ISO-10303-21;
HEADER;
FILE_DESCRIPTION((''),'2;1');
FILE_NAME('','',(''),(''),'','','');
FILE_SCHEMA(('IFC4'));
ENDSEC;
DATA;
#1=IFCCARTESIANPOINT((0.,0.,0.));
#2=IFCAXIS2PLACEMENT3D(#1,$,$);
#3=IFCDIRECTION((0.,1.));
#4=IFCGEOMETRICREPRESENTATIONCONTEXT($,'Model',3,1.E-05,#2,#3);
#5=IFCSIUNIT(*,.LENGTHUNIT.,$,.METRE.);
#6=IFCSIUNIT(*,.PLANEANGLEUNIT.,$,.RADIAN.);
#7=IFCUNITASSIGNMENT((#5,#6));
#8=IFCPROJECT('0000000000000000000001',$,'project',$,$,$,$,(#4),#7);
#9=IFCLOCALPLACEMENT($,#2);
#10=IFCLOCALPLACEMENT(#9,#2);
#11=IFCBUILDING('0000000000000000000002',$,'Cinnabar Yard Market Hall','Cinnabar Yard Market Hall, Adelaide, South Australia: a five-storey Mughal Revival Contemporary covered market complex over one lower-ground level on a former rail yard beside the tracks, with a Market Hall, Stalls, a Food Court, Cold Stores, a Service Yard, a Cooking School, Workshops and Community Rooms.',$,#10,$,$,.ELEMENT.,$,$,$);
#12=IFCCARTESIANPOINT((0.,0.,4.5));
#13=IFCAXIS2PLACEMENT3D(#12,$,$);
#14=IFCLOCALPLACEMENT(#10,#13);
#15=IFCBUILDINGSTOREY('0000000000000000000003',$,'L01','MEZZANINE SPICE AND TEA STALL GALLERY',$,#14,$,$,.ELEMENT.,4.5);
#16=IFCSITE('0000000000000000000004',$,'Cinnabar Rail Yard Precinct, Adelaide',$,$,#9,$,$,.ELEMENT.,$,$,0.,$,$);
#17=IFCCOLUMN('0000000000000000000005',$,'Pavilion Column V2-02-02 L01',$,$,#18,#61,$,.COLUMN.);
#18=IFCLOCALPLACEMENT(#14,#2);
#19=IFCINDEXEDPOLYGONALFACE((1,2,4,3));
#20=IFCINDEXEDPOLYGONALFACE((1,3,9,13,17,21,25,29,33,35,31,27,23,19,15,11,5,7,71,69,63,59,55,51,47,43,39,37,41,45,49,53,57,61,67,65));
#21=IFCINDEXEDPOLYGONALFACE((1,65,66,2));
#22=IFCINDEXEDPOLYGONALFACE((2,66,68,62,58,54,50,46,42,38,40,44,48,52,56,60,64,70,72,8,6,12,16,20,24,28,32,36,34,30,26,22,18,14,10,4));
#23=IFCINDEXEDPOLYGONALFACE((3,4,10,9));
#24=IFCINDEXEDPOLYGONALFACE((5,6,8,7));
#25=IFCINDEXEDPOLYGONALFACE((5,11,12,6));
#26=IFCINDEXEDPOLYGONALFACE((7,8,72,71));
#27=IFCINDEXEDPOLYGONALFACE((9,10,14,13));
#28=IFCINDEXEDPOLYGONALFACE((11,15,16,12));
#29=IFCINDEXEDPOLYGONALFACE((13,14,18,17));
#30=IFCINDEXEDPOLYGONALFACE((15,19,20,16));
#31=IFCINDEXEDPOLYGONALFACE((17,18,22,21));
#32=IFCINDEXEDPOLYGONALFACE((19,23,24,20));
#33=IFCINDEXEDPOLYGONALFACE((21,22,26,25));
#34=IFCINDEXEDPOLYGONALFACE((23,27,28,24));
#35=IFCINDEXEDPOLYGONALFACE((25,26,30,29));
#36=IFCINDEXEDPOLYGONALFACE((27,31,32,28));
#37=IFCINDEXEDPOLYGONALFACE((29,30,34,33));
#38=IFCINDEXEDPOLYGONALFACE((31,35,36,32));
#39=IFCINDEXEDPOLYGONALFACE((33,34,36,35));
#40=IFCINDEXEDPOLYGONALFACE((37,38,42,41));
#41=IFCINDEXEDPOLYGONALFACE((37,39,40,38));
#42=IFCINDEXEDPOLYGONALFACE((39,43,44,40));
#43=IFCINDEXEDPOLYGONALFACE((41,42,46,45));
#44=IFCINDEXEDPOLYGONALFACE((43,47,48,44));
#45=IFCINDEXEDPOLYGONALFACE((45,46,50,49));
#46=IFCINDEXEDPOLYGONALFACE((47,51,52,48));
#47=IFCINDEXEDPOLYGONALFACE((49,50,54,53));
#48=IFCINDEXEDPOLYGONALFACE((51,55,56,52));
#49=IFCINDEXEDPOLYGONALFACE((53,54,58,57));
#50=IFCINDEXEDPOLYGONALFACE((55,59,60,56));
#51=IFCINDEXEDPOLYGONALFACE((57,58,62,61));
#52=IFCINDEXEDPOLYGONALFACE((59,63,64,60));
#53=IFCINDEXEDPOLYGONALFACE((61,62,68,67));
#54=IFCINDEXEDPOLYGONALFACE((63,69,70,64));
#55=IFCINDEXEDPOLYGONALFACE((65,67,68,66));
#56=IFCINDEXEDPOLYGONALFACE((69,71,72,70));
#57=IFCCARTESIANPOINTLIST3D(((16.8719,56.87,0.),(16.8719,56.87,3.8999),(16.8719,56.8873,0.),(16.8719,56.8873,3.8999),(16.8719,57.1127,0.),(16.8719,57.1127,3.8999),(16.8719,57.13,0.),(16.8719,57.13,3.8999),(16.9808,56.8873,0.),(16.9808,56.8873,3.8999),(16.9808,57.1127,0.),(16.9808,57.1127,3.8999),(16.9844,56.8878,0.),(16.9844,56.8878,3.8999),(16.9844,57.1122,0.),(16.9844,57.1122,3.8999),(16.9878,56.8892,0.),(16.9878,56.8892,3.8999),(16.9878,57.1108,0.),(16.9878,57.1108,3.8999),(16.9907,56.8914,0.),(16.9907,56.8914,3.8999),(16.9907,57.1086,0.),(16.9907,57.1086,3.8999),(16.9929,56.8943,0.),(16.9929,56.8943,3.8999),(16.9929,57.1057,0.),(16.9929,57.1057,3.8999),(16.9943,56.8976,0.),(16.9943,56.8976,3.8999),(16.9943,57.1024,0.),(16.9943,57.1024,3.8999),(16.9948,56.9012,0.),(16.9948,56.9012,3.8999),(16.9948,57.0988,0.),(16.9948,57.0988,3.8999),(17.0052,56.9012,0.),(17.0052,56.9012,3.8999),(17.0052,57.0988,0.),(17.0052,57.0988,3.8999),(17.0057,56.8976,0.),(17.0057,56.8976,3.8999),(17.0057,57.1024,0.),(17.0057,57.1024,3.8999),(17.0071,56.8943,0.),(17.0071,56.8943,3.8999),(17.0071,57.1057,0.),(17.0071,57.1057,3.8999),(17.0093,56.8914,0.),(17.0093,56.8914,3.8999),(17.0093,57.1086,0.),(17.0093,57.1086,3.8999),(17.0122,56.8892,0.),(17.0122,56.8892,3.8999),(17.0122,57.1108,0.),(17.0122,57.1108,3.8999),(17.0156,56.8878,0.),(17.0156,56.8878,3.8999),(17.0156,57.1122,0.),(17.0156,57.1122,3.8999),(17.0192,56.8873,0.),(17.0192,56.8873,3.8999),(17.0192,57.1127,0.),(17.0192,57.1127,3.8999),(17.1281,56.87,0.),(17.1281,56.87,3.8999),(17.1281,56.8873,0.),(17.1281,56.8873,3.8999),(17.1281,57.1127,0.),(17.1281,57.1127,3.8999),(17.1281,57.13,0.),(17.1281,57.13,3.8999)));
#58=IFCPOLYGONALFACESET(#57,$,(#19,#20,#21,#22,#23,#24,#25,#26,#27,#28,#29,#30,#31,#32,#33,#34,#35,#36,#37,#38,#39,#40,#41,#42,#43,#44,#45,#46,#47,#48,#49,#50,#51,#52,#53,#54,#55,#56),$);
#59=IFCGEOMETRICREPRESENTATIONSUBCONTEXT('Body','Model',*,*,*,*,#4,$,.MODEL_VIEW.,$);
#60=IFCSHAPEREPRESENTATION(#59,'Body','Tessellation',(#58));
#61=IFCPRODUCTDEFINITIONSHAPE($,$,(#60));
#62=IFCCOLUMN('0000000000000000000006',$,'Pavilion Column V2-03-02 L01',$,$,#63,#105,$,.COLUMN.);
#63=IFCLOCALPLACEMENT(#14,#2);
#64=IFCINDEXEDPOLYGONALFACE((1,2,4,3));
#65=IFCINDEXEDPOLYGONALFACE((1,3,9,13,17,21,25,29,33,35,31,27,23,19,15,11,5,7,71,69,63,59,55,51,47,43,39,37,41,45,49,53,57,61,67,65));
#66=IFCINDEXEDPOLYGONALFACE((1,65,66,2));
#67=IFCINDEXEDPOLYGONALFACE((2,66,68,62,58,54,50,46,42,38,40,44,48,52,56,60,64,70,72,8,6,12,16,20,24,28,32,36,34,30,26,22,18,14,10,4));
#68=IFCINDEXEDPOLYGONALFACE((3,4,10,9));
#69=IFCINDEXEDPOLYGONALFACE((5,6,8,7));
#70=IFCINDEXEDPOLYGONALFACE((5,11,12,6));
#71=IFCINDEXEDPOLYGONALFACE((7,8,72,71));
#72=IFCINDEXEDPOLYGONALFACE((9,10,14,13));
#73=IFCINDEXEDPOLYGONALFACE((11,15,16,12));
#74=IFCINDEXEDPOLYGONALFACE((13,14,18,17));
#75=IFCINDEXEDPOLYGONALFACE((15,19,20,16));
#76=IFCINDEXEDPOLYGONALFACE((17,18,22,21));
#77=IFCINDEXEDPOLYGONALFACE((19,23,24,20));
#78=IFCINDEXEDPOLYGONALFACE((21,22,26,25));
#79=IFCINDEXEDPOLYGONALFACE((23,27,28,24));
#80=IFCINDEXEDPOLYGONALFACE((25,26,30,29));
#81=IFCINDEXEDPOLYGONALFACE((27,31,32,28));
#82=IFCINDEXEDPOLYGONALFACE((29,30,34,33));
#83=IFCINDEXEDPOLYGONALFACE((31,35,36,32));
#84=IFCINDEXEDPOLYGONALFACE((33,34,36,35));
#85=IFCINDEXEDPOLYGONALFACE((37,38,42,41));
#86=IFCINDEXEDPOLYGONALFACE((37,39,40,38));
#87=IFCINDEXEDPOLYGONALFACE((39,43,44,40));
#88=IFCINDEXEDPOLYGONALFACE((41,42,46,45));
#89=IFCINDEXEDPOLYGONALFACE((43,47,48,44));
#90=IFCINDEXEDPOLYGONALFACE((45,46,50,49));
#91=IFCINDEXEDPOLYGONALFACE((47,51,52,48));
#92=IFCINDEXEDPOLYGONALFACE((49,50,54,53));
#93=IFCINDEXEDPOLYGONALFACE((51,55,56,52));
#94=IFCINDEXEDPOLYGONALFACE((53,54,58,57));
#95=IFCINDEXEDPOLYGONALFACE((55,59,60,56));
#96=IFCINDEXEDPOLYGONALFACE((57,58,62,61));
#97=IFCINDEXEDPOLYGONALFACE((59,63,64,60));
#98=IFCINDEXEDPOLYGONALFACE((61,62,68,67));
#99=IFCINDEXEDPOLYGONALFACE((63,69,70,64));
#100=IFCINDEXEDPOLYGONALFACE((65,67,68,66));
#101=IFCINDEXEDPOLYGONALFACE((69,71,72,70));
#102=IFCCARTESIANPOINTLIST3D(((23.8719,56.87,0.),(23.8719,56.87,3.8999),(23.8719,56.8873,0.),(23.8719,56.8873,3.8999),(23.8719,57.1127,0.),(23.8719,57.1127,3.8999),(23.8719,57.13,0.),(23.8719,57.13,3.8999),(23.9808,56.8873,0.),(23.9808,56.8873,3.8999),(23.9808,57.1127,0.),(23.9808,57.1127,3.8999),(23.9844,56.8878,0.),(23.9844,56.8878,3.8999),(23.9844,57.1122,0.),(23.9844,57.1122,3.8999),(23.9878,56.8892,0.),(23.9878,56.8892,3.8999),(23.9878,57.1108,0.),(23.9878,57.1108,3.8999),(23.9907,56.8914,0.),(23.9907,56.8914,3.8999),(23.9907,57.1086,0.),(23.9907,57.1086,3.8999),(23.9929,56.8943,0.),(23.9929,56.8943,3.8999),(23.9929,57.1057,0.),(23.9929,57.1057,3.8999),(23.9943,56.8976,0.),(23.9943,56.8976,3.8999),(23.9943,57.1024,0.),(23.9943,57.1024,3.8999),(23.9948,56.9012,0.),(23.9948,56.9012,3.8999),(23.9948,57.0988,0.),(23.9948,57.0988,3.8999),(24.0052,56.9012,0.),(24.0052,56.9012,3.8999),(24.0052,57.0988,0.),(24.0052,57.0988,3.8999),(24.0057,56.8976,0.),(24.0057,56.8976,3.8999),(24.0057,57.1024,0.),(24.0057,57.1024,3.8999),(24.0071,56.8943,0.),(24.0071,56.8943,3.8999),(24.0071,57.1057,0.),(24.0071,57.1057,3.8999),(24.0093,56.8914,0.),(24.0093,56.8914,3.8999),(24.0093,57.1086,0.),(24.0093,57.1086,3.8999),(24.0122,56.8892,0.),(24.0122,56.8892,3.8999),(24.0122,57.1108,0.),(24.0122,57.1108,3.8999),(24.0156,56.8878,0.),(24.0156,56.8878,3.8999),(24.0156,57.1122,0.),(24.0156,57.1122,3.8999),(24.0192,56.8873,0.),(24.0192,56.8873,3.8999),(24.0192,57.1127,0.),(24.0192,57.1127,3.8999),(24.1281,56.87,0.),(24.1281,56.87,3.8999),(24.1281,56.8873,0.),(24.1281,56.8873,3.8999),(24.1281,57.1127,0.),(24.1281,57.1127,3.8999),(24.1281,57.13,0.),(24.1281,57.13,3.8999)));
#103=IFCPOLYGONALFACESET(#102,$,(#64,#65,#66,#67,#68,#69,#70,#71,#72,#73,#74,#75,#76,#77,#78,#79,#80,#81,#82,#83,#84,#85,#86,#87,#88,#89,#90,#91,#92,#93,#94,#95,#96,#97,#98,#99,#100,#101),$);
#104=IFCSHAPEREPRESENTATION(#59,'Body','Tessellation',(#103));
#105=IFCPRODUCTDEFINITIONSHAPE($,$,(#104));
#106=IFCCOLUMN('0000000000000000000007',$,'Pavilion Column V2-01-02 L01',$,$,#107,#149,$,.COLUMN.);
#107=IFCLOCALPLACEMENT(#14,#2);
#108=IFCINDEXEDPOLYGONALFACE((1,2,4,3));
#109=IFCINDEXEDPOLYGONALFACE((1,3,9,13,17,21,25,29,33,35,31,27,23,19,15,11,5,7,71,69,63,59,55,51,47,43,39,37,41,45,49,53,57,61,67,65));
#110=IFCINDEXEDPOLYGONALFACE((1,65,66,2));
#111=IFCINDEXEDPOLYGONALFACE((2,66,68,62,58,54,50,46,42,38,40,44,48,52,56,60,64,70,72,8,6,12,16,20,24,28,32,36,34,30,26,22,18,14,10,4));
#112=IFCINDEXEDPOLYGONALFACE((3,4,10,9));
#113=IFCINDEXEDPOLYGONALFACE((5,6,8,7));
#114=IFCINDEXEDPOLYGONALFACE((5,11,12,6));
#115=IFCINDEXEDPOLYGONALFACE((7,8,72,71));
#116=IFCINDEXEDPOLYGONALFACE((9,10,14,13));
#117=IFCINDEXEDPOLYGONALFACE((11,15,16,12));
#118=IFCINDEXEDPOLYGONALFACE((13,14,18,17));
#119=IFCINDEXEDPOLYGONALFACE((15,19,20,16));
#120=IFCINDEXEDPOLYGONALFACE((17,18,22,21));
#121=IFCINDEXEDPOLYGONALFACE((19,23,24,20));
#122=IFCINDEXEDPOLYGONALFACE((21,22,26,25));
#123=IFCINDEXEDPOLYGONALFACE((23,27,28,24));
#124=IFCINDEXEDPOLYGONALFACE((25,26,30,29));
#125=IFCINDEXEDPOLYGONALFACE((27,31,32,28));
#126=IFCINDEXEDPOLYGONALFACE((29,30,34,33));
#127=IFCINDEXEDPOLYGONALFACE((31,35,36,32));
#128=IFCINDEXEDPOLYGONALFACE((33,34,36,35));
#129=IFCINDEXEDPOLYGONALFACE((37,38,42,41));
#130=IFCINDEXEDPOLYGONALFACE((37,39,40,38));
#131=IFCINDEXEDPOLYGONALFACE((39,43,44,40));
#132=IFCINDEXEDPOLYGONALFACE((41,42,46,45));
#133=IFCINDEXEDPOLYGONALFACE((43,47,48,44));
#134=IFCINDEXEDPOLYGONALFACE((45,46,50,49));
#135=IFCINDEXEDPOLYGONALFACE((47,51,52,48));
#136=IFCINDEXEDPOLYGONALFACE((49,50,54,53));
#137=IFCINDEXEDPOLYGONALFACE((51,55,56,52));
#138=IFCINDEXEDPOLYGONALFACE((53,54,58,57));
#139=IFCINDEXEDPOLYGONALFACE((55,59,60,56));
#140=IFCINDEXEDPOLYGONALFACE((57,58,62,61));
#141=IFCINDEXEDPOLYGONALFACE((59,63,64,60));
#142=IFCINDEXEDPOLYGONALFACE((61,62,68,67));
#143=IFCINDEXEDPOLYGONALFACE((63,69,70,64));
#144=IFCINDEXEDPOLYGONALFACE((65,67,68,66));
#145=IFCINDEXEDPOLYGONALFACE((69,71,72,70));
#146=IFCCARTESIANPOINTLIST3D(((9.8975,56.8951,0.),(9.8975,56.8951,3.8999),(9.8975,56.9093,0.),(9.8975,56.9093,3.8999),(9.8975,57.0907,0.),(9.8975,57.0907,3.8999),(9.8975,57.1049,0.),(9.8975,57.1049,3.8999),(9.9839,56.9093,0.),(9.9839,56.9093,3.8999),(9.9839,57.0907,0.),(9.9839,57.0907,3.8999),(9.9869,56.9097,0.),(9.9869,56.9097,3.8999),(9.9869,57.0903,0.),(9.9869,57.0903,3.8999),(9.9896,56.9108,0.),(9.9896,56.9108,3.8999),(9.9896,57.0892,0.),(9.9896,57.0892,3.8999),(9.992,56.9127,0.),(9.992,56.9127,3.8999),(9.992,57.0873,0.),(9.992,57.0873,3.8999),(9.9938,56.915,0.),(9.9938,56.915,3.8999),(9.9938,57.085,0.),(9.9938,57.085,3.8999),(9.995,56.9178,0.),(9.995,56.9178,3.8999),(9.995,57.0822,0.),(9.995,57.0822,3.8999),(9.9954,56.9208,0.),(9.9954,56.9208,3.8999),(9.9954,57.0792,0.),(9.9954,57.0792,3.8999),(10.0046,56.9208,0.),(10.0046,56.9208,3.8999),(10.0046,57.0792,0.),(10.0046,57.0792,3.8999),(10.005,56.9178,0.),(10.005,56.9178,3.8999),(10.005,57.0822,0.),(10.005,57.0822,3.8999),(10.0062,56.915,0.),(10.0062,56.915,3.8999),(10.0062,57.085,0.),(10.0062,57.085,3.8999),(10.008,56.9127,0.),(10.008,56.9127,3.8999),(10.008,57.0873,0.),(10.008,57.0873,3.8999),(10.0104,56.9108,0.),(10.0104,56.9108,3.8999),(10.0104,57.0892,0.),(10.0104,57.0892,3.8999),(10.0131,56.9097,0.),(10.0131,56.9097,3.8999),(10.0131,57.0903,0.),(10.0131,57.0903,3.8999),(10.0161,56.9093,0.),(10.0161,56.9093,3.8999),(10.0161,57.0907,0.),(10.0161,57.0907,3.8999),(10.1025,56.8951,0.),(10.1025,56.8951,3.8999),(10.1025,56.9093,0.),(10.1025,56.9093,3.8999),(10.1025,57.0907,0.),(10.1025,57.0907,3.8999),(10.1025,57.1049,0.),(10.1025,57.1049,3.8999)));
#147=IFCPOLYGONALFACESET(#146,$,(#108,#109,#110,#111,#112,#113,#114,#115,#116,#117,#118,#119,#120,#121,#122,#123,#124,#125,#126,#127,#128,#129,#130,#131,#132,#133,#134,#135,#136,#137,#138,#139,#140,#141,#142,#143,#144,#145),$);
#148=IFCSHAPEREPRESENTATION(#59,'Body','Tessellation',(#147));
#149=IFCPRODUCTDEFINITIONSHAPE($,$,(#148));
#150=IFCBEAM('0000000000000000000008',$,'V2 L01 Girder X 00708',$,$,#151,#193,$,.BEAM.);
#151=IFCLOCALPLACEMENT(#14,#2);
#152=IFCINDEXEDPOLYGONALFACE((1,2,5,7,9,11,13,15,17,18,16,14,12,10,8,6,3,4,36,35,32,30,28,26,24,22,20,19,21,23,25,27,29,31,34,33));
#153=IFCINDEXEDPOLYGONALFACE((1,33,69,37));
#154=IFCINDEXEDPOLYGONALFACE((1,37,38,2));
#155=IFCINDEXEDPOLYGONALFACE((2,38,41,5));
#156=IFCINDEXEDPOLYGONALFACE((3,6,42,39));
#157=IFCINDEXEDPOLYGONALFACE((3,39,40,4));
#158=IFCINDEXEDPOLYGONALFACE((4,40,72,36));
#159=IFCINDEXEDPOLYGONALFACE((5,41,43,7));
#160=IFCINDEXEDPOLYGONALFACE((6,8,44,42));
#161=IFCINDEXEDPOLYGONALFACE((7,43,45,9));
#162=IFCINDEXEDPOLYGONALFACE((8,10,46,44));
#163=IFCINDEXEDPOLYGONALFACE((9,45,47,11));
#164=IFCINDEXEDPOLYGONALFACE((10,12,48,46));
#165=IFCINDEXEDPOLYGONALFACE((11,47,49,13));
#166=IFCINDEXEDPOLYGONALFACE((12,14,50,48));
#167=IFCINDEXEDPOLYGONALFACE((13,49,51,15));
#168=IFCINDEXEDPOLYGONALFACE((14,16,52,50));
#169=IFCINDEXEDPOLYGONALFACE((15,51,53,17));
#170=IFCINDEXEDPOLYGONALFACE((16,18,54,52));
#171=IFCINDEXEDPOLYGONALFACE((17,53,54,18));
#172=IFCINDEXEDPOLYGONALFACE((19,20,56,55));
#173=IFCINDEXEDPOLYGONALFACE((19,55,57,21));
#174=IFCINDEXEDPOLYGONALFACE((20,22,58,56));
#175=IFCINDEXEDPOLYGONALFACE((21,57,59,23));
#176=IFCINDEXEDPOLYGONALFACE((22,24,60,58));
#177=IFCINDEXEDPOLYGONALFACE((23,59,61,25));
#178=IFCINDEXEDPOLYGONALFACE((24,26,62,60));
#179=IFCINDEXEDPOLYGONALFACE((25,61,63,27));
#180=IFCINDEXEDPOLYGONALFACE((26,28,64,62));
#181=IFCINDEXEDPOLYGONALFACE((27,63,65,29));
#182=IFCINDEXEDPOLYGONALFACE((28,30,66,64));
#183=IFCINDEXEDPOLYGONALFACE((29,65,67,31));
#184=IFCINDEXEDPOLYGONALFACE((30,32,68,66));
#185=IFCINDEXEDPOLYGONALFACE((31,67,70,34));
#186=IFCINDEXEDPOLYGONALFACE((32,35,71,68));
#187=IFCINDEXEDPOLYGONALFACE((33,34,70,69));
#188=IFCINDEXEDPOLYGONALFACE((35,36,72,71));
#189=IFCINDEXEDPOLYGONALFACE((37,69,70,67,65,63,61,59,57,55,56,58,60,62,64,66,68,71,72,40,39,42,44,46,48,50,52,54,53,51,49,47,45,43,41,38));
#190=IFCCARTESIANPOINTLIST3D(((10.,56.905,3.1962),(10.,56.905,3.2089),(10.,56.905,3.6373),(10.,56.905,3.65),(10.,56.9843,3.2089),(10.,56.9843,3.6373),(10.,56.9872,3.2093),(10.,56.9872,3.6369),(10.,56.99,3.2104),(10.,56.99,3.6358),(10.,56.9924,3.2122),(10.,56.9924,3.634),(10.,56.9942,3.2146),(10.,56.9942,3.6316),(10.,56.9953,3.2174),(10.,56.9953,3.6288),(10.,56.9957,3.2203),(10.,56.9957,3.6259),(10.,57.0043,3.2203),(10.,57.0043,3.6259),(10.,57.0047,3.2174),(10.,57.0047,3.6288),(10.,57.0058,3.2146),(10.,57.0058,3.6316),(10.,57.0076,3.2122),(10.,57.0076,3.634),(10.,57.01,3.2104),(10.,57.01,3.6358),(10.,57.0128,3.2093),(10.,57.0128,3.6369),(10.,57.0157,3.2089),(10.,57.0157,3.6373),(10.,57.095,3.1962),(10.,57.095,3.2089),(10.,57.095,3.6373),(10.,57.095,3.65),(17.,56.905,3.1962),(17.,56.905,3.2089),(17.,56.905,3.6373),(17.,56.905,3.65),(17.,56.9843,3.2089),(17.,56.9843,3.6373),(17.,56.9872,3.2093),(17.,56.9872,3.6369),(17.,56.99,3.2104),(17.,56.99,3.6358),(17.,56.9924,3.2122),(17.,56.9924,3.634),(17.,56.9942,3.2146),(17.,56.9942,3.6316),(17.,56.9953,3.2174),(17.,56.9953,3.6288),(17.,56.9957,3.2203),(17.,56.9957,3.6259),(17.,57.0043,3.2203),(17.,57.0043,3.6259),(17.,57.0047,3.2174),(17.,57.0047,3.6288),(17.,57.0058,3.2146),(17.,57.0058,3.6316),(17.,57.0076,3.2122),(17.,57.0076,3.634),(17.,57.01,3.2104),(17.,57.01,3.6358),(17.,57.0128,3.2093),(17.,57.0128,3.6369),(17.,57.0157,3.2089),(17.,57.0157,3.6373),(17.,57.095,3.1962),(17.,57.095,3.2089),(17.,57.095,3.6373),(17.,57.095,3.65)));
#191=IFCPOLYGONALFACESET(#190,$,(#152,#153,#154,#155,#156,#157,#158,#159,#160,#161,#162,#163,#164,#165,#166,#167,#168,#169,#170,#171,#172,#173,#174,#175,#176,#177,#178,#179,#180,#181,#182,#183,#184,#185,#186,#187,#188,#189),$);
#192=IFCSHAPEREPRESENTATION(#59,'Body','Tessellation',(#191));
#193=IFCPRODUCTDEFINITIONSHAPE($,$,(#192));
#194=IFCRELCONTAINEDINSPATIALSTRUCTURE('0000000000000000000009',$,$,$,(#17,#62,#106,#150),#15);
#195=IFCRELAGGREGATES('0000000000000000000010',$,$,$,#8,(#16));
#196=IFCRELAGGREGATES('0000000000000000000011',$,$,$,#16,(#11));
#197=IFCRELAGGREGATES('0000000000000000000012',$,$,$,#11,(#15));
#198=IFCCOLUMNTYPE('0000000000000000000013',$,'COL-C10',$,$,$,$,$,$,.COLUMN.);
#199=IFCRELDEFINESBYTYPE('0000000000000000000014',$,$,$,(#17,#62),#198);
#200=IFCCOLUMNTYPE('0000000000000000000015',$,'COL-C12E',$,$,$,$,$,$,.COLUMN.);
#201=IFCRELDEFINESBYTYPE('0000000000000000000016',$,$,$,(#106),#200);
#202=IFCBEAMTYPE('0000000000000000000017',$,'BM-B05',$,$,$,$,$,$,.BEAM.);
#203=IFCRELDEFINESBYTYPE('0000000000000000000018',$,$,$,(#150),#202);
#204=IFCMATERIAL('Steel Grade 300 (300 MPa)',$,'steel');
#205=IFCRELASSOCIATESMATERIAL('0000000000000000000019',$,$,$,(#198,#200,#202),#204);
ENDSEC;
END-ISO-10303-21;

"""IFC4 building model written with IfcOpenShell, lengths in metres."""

from ifc_helpers import new_model, si_unit, direction, frame, origin, origin_2d_with_axis, place, context, subcontext, project, spatial, i_section, extrude, material, material_profile, profile_set, type_object, element, save


model = new_model("IFC4")

# Units and contexts
model_context = context("Model", 3, precision=1e-05, world=origin(), true_north=direction((0.0, 1.0)))
body_context = subcontext(model_context, "Body", "Model", "MODEL_VIEW")
ifc_project = project(units=[si_unit("LENGTHUNIT", "METRE"), si_unit("PLANEANGLEUNIT", "RADIAN")], contexts=[model_context])

# Site, building, storey
site_placement = place(None, origin())
site = spatial("IfcSite", under=ifc_project, at=site_placement, Name="Cinnabar Rail Yard Precinct, Adelaide", CompositionType="ELEMENT", RefElevation=0.0)
building_placement = place(site_placement, origin())
building = spatial("IfcBuilding", under=site, at=building_placement, Name="Cinnabar Yard Market Hall", Description="Cinnabar Yard Market Hall, Adelaide, South Australia: a five-storey Mughal Revival Contemporary covered market complex over one lower-ground level on a former rail yard beside the tracks, with a Market Hall, Stalls, a Food Court, Cold Stores, a Service Yard, a Cooking School, Workshops and Community Rooms.", CompositionType="ELEMENT")
storey_placement = place(building_placement, frame((0.0, 0.0, 4.5)))
storey = spatial("IfcBuildingStorey", under=building, at=storey_placement, Name="L01", Description="MEZZANINE SPICE AND TEA STALL GALLERY", CompositionType="ELEMENT", Elevation=4.5)

# Columns
ifc_material_1 = material(Name="Steel Grade 300 (300 MPa)", Category="steel")
ifc_material_profile_1 = material_profile(ifc_material_1, i_section(OverallWidth=0.2561, OverallDepth=0.26, WebThickness=0.0105, FlangeThickness=0.0173, FilletRadius=0.0139, at=origin_2d_with_axis()), Name="250UC89.5")
ifc_profile_set_1 = profile_set([ifc_material_profile_1], Name="Steel Grade 300 (300 MPa)")
column_type_1 = type_object("IfcColumnType", Name="COL-C10", PredefinedType="COLUMN", material=ifc_profile_set_1)
for number, where, z_axis, x_axis, name in (
    (1, (17.0, 57.0, 0.0), (0.0, 0.0, 1.0), (1.0, 0.0, 0.0), "Pavilion Column V2-02-02 L01"),
    (2, (24.0, 57.0, 0.0), (0.0, 0.0, 1.0), (1.0, 0.0, 0.0), "Pavilion Column V2-03-02 L01"),
):
    element("IfcColumn", number, at=place(storey_placement, frame(where, z_axis=z_axis, x_axis=x_axis)), inside=storey, type_object=column_type_1, Name=name, PredefinedType="COLUMN", context=body_context, shape_type="SweptSolid", body=[
        extrude(i_section(OverallWidth=0.2561, OverallDepth=0.26, WebThickness=0.0105, FlangeThickness=0.0173, FilletRadius=0.0139, at=origin_2d_with_axis()), origin(), (0.0, 0.0, 1.0), 3.8999),
    ])
ifc_material_profile_2 = material_profile(ifc_material_1, i_section(OverallWidth=0.2051, OverallDepth=0.2097, WebThickness=0.0093, FlangeThickness=0.0142, FilletRadius=0.0115, at=origin_2d_with_axis()), Name="200UC59.5")
ifc_profile_set_2 = profile_set([ifc_material_profile_2], Name="Steel Grade 300 (300 MPa)")
column_type_2 = type_object("IfcColumnType", Name="COL-C12E", PredefinedType="COLUMN", material=ifc_profile_set_2)
column_placement = place(storey_placement, frame((10.0, 57.0, 0.0), z_axis=(0.0, 0.0, 1.0), x_axis=(1.0, 0.0, 0.0)))
element("IfcColumn", 3, at=column_placement, inside=storey, type_object=column_type_2, Name="Pavilion Column V2-01-02 L01", PredefinedType="COLUMN", context=body_context, shape_type="SweptSolid", body=[
    extrude(i_section(OverallWidth=0.2051, OverallDepth=0.2097, WebThickness=0.0093, FlangeThickness=0.0142, FilletRadius=0.0115, at=origin_2d_with_axis()), origin(), (0.0, 0.0, 1.0), 3.8999),
])

# Beam
ifc_material_profile_3 = material_profile(ifc_material_1, i_section(OverallWidth=0.1899, OverallDepth=0.4539, WebThickness=0.0085, FlangeThickness=0.0127, FilletRadius=0.0115, at=origin_2d_with_axis()), Name="460UB67.1")
ifc_profile_set_3 = profile_set([ifc_material_profile_3], Name="Steel Grade 300 (300 MPa)")
beam_type_1 = type_object("IfcBeamType", Name="BM-B05", PredefinedType="BEAM", material=ifc_profile_set_3)
for number, where, z_axis, x_axis, name in (
    (4, (10.0, 57.0, 3.4231), (1.0, 0.0, 0.0), (0.0, 1.0, 0.0), "V2 L01 Girder X 00708"),
):
    element("IfcBeam", number, at=place(storey_placement, frame(where, z_axis=z_axis, x_axis=x_axis)), inside=storey, type_object=beam_type_1, Name=name, PredefinedType="BEAM", context=body_context, shape_type="SweptSolid", body=[
        extrude(i_section(OverallWidth=0.1899, OverallDepth=0.4539, WebThickness=0.0085, FlangeThickness=0.0127, FilletRadius=0.0115, at=origin_2d_with_axis()), origin(), (0.0, 0.0, 1.0), 7.0),
    ])

save(model, "model.ifc")
